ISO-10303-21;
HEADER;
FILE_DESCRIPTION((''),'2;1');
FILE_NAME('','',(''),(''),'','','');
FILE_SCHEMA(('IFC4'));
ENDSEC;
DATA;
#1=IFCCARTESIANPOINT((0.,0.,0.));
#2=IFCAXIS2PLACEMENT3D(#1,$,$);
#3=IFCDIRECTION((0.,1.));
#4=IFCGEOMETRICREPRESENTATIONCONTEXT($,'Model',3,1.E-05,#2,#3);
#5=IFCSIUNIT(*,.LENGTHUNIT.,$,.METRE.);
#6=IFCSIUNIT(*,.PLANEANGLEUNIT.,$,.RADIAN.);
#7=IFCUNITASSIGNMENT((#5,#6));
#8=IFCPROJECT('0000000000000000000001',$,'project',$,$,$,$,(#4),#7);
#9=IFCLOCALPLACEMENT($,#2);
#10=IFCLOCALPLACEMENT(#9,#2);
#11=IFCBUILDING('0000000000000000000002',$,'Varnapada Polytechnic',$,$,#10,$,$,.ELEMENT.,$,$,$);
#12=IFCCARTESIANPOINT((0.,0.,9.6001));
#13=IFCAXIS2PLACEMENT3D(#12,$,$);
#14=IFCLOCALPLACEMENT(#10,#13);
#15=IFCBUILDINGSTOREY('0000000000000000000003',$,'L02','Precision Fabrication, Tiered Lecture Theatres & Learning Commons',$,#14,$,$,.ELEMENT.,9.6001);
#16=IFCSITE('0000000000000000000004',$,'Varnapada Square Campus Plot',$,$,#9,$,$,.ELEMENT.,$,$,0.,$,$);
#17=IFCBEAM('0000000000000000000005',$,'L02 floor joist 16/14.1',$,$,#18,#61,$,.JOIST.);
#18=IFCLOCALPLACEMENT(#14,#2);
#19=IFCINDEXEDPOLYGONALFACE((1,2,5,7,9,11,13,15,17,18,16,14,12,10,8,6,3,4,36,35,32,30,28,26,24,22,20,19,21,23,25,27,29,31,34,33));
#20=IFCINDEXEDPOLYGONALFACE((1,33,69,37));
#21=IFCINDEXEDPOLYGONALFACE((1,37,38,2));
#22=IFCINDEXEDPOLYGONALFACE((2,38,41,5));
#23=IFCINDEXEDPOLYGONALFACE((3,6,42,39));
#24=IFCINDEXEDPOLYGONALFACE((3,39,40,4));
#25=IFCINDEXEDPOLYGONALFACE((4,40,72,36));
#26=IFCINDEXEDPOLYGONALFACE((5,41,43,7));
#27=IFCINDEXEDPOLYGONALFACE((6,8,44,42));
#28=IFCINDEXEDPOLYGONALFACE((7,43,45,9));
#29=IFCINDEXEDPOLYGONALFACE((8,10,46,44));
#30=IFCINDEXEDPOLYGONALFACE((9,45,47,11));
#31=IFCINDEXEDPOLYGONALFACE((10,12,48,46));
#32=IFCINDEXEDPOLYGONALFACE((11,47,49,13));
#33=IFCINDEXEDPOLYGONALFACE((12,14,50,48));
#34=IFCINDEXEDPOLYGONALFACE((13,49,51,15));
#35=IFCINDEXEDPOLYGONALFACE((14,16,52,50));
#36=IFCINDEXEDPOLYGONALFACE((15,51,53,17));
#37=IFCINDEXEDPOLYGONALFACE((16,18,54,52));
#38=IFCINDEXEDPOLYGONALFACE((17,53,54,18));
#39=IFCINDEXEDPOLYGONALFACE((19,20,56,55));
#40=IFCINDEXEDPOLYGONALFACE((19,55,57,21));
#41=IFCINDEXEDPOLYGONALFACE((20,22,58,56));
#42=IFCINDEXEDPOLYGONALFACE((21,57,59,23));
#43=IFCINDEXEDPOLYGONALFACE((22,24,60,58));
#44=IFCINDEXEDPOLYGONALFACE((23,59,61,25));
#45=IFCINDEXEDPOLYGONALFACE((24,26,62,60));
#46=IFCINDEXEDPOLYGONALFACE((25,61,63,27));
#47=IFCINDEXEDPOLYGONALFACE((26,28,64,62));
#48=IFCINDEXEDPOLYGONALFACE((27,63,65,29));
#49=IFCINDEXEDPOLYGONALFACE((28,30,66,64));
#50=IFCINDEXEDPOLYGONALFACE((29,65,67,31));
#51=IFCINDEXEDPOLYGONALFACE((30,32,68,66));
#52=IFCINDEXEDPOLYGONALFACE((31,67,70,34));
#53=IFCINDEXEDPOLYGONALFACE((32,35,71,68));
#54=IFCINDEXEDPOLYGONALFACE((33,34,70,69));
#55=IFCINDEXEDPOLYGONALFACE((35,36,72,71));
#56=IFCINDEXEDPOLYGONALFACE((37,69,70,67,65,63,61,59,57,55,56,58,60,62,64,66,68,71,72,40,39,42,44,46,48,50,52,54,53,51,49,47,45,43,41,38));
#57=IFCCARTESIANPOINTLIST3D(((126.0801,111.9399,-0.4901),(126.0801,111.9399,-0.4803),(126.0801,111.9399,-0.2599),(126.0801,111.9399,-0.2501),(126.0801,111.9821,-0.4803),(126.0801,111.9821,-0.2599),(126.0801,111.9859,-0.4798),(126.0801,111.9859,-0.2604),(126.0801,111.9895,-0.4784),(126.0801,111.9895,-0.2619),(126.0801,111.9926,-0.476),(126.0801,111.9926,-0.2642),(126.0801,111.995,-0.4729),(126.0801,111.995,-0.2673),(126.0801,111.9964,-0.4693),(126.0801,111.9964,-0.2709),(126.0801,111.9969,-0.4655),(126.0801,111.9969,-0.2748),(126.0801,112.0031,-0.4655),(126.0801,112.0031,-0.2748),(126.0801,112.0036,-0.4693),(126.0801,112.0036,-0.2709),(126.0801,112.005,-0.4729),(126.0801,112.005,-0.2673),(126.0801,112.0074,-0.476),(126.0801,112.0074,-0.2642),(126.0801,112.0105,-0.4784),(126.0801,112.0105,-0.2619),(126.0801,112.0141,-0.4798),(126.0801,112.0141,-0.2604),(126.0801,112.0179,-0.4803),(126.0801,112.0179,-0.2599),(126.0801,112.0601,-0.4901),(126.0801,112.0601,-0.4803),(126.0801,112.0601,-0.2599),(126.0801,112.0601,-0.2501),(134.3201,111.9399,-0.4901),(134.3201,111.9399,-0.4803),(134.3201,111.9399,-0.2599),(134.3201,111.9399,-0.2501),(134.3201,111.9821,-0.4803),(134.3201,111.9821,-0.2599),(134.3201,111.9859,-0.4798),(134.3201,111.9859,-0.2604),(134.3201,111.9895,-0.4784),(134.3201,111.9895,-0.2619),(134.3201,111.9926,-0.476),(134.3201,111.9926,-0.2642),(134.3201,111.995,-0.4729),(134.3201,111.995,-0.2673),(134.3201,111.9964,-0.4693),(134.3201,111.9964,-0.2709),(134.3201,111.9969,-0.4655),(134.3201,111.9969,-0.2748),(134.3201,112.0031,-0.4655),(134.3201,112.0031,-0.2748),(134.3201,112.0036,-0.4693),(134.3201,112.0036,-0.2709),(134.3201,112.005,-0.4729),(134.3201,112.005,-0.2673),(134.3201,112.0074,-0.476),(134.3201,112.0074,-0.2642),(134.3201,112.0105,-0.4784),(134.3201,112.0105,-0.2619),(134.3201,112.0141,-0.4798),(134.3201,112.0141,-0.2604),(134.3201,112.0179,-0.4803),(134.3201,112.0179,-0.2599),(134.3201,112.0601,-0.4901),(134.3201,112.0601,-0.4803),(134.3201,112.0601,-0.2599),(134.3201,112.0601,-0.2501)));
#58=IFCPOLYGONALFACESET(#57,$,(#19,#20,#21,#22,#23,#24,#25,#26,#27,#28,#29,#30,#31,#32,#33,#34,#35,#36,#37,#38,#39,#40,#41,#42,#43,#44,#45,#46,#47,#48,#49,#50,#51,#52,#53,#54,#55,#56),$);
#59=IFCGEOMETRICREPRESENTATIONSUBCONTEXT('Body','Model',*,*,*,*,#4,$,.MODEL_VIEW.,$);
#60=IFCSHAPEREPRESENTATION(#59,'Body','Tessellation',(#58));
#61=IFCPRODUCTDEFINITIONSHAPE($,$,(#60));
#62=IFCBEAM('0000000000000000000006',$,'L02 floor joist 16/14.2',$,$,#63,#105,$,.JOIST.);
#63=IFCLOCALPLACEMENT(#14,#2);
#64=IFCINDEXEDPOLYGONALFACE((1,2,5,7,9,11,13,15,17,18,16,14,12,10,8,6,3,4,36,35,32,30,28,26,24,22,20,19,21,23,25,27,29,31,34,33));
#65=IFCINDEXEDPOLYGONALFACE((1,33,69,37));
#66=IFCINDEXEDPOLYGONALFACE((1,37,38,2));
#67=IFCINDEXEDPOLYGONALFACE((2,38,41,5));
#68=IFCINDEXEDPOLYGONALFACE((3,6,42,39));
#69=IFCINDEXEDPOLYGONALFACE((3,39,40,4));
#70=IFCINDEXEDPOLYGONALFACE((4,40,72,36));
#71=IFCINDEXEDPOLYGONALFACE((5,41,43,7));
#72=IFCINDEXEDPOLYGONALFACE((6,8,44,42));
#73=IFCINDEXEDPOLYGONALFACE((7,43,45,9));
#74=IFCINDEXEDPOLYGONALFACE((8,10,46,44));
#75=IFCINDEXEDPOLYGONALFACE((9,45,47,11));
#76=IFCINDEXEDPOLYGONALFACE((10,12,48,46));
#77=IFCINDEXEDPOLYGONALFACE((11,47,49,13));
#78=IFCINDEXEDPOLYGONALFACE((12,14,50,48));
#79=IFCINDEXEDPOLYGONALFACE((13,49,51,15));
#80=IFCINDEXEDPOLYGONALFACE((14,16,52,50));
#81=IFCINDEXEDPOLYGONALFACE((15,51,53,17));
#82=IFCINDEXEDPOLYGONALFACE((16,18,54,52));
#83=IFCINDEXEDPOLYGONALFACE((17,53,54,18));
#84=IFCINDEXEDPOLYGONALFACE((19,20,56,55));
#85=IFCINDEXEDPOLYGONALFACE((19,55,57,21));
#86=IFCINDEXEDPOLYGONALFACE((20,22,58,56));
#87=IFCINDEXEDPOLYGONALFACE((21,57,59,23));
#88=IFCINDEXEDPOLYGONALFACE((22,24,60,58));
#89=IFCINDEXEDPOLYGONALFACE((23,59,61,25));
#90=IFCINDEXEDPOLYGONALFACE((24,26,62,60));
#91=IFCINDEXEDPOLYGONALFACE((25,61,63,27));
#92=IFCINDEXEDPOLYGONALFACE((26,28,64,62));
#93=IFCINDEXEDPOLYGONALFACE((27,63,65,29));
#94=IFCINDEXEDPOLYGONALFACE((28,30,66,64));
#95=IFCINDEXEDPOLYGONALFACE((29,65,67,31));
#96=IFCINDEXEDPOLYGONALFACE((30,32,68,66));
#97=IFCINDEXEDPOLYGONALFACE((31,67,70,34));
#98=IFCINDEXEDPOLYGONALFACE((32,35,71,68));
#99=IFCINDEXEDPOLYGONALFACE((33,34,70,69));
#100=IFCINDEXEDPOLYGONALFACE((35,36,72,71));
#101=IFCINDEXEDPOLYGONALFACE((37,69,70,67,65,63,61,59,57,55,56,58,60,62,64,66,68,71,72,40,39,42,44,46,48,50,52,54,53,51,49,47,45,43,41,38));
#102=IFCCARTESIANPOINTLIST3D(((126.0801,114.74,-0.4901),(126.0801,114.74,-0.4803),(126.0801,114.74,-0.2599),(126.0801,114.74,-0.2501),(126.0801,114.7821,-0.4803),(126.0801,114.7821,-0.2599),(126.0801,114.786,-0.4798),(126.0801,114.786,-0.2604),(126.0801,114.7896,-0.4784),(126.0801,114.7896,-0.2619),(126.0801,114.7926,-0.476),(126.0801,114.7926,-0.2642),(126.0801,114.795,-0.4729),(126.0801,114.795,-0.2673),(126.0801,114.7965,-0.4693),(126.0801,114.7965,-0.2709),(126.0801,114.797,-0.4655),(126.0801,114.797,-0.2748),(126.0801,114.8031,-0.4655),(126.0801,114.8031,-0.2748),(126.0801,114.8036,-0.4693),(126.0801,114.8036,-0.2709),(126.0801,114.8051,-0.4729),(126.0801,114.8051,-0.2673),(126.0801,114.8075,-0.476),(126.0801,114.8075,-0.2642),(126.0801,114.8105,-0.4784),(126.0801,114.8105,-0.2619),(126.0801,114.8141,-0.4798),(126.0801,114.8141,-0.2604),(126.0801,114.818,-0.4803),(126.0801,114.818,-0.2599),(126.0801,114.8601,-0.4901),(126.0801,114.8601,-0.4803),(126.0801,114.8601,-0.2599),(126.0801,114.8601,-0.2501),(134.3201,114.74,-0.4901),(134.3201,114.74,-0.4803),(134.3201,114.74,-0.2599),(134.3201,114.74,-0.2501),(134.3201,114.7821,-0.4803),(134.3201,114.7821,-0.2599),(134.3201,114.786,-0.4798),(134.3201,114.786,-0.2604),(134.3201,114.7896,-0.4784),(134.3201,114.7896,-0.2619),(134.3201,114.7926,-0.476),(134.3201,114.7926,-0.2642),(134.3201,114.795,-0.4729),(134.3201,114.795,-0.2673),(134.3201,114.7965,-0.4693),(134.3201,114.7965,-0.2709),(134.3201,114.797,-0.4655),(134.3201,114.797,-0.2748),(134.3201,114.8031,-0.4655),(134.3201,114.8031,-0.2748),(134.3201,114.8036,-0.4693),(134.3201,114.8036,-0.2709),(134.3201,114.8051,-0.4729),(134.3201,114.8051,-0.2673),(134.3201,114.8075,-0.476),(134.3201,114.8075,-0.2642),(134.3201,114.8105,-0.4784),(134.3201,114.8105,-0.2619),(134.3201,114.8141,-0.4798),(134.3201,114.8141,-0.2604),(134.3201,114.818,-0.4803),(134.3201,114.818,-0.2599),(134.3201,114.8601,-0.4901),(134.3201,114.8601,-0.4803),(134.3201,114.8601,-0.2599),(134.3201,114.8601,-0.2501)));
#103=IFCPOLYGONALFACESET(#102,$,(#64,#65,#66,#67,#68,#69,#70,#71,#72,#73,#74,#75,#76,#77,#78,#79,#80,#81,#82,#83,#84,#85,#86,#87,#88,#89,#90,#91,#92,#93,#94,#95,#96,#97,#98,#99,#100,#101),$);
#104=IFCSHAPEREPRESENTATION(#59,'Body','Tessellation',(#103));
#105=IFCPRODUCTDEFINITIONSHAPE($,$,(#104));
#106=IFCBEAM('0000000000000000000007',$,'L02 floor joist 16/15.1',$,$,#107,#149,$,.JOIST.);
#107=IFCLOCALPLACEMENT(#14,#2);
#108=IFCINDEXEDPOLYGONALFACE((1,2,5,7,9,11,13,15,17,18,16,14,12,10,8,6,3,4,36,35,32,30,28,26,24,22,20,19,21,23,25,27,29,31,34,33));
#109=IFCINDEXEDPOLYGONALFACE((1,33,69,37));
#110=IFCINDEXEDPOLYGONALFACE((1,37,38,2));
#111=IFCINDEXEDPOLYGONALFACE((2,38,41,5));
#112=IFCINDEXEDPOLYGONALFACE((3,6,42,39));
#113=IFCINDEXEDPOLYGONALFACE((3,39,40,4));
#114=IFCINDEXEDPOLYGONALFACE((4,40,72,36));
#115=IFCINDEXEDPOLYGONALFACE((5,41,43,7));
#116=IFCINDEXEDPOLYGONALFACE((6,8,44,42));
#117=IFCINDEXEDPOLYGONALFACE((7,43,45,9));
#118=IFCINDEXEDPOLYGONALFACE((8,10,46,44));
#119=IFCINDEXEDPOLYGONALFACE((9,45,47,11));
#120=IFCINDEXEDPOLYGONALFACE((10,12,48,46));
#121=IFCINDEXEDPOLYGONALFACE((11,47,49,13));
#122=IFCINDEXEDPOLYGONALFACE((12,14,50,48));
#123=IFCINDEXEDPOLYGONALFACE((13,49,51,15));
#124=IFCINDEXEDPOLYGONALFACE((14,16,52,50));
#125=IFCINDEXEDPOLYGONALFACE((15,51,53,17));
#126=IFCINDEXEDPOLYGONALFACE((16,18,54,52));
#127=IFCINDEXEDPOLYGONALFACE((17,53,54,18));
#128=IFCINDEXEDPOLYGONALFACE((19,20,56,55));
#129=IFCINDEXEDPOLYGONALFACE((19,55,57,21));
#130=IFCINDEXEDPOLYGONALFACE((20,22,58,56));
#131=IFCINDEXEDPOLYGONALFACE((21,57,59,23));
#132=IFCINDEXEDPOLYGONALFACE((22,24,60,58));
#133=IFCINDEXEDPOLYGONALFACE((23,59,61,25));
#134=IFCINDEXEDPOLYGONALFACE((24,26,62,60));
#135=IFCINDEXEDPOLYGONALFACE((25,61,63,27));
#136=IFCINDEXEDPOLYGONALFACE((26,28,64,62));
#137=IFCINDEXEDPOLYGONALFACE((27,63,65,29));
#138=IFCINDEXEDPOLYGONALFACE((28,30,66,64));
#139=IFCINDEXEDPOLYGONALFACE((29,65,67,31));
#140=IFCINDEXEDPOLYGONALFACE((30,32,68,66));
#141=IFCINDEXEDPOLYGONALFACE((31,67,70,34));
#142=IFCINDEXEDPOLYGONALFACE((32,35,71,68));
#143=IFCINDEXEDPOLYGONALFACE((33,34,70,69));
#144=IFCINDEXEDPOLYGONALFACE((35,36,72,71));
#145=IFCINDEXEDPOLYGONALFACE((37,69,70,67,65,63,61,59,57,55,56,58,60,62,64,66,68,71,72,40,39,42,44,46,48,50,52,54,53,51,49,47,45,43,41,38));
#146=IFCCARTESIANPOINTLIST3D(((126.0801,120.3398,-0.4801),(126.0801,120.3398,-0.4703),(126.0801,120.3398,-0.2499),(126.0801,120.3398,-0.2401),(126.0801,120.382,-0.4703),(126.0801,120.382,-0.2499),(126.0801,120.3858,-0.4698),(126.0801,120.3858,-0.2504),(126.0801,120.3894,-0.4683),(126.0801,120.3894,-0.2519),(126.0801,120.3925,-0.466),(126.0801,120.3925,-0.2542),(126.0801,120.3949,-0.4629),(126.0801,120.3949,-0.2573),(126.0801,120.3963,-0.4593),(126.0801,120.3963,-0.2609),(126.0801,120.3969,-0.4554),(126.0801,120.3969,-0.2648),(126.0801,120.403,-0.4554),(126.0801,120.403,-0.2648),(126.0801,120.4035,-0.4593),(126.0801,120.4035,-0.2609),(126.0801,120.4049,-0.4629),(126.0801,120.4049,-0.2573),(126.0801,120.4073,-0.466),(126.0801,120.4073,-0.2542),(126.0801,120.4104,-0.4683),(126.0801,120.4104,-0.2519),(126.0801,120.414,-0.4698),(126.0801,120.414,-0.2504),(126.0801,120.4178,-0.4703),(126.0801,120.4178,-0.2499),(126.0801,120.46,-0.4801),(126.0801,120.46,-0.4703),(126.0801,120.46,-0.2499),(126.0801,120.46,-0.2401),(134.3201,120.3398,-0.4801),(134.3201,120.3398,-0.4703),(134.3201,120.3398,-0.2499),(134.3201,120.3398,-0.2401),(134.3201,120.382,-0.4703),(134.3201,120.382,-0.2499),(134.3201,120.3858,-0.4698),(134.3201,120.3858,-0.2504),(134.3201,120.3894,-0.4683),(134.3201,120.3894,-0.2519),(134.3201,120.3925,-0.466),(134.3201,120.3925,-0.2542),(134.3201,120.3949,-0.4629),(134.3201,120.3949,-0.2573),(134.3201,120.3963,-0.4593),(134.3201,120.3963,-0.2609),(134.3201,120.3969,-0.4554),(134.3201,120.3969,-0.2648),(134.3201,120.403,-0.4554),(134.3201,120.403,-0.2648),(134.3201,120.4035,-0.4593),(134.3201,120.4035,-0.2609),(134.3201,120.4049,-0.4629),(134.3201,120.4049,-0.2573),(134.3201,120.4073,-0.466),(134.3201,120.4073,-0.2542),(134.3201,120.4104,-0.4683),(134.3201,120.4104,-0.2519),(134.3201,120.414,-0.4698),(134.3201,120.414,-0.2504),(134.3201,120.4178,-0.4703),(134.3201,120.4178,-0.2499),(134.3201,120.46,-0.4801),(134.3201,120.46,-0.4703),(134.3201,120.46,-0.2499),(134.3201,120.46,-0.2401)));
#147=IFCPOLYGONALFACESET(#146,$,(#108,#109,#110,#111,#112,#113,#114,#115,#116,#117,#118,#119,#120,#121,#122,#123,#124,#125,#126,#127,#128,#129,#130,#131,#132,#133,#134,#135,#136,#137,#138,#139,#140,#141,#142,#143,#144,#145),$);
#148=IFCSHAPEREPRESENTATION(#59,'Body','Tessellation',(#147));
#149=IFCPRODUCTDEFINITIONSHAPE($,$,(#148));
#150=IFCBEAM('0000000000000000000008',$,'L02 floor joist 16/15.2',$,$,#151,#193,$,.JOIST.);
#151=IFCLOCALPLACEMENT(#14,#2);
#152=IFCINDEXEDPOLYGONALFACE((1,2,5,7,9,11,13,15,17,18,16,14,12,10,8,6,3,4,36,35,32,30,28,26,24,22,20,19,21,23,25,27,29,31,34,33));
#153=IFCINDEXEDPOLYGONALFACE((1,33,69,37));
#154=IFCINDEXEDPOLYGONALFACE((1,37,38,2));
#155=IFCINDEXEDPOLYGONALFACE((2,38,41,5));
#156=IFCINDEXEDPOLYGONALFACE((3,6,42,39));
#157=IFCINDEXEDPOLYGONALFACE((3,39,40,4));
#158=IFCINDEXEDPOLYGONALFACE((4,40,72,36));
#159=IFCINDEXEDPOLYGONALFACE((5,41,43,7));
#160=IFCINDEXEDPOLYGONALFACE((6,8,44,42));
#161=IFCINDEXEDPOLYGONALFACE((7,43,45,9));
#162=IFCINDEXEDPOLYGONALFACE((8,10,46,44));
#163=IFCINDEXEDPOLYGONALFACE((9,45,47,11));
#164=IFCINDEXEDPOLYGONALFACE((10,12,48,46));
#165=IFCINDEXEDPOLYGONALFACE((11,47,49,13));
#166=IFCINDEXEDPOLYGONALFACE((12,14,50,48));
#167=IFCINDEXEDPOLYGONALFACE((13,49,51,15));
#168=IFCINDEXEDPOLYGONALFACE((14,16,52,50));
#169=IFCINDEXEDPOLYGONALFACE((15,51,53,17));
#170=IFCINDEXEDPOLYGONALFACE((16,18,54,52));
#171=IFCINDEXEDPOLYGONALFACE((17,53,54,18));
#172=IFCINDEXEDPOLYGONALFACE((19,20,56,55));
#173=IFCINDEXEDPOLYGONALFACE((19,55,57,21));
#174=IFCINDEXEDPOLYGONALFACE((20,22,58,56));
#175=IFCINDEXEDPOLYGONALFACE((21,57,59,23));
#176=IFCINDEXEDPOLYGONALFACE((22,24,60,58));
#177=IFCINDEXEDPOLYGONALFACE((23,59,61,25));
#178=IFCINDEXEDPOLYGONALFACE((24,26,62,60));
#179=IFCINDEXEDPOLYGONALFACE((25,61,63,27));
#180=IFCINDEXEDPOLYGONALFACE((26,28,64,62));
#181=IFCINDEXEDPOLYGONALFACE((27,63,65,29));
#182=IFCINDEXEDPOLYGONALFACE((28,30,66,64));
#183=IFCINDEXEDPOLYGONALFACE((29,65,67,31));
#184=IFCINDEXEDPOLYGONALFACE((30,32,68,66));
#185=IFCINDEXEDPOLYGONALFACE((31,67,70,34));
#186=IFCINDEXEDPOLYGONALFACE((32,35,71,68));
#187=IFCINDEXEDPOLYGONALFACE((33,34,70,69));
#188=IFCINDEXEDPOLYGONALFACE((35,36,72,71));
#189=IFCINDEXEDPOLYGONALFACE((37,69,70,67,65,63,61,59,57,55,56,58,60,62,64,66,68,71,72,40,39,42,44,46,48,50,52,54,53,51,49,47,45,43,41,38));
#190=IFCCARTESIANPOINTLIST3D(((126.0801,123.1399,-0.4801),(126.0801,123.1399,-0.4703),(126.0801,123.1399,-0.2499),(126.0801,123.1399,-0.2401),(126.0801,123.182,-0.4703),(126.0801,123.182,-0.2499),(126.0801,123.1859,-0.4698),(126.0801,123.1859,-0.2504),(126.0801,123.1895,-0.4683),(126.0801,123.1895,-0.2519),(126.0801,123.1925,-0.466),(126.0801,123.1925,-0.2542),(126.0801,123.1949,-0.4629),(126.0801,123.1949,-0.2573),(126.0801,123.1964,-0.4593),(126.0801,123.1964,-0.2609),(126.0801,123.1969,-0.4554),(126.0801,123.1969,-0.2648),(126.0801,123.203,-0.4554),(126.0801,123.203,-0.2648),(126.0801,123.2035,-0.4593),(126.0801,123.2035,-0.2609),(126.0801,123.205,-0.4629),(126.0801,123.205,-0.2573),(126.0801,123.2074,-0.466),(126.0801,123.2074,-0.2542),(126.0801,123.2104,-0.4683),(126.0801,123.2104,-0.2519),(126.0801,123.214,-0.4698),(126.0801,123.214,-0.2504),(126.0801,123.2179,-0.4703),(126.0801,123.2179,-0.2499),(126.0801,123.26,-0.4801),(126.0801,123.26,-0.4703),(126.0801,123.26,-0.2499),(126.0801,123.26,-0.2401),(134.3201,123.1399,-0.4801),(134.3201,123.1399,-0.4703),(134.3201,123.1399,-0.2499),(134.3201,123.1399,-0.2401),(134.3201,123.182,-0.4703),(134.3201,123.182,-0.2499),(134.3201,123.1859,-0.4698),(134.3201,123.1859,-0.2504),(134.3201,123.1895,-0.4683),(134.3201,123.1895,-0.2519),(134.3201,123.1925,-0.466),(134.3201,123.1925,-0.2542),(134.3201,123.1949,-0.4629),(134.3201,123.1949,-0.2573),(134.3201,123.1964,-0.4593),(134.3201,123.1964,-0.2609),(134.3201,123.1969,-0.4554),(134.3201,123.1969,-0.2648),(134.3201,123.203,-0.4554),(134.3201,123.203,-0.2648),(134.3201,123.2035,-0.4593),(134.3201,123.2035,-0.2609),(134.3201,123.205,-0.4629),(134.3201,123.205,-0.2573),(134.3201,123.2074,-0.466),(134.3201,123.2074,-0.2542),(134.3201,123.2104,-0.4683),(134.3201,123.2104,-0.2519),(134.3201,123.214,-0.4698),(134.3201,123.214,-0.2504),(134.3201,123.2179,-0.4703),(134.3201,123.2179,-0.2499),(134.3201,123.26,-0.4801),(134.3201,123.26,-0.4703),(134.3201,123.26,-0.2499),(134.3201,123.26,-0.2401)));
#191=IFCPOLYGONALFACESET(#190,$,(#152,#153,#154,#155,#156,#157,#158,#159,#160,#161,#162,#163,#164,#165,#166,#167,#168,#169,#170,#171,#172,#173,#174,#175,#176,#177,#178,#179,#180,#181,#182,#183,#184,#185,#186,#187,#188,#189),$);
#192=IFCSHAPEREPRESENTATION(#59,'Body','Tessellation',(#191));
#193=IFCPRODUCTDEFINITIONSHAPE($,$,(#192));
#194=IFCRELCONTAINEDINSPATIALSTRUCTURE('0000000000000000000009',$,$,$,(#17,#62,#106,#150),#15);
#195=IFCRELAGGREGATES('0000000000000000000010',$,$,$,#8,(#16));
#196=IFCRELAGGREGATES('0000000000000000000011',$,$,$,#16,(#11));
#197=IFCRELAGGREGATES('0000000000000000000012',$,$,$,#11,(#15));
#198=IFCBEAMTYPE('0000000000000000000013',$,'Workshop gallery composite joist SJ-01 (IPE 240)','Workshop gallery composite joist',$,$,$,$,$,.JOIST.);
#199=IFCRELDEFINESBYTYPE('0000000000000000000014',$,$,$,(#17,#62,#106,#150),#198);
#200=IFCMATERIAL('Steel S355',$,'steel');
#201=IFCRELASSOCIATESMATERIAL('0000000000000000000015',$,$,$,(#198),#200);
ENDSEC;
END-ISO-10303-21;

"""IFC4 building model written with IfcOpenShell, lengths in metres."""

from ifc_helpers import new_model, si_unit, direction, frame, origin, origin_2d, place, context, subcontext, project, spatial, i_section, extrude, material, material_profile, profile_set, type_object, element, save


model = new_model("IFC4")

# Units and contexts
model_context = context("Model", 3, precision=1e-05, world=origin(), true_north=direction((0.0, 1.0)))
body_context = subcontext(model_context, "Body", "Model", "MODEL_VIEW")
ifc_project = project(units=[si_unit("LENGTHUNIT", "METRE"), si_unit("PLANEANGLEUNIT", "RADIAN")], contexts=[model_context])

# Site, building, storey
site_placement = place(None, origin())
site = spatial("IfcSite", under=ifc_project, at=site_placement, Name="Varnapada Square Campus Plot", CompositionType="ELEMENT", RefElevation=0.0)
building_placement = place(site_placement, origin())
building = spatial("IfcBuilding", under=site, at=building_placement, Name="Varnapada Polytechnic", CompositionType="ELEMENT")
storey_placement = place(building_placement, frame((0.0, 0.0, 9.6001)))
storey = spatial("IfcBuildingStorey", under=building, at=storey_placement, Name="L02", Description="Precision Fabrication, Tiered Lecture Theatres & Learning Commons", CompositionType="ELEMENT", Elevation=9.6001)

# Shared definitions
ifc_material_1 = material(Name="Steel S355", Category="steel")

# Beams
ifc_material_profile_1 = material_profile(ifc_material_1, i_section(OverallWidth=0.1201, OverallDepth=0.24, WebThickness=0.0061, FlangeThickness=0.0098, FilletRadius=0.0149, at=origin_2d()), Name="IPE 240")
ifc_profile_set_1 = profile_set([ifc_material_profile_1], Name="Steel S355")
beam_type_1 = type_object("IfcBeamType", Name="Workshop gallery composite joist SJ-01 (IPE 240)", Description="Workshop gallery composite joist", PredefinedType="JOIST", material=ifc_profile_set_1)
for number, where, z_axis, x_axis, name in (
    (1, (126.0801, 112.0, -0.3701), (1.0, 0.0, 0.0), (0.0, 1.0, 0.0), "L02 floor joist 16/14.1"),
    (2, (126.0801, 114.8, -0.3701), (1.0, 0.0, 0.0), (0.0, 1.0, 0.0), "L02 floor joist 16/14.2"),
    (3, (126.0801, 120.3999, -0.3601), (1.0, 0.0, 0.0), (0.0, 1.0, 0.0), "L02 floor joist 16/15.1"),
    (4, (126.0801, 123.2, -0.3601), (1.0, 0.0, 0.0), (0.0, 1.0, 0.0), "L02 floor joist 16/15.2"),
):
    element("IfcBeam", number, at=place(storey_placement, frame(where, z_axis=z_axis, x_axis=x_axis)), inside=storey, type_object=beam_type_1, Name=name, PredefinedType="JOIST", context=body_context, shape_type="SweptSolid", body=[
        extrude(i_section(OverallWidth=0.1201, OverallDepth=0.24, WebThickness=0.0061, FlangeThickness=0.0098, FilletRadius=0.0149, at=origin_2d()), origin(), (0.0, 0.0, 1.0), 8.24),
    ])

save(model, "model.ifc")
